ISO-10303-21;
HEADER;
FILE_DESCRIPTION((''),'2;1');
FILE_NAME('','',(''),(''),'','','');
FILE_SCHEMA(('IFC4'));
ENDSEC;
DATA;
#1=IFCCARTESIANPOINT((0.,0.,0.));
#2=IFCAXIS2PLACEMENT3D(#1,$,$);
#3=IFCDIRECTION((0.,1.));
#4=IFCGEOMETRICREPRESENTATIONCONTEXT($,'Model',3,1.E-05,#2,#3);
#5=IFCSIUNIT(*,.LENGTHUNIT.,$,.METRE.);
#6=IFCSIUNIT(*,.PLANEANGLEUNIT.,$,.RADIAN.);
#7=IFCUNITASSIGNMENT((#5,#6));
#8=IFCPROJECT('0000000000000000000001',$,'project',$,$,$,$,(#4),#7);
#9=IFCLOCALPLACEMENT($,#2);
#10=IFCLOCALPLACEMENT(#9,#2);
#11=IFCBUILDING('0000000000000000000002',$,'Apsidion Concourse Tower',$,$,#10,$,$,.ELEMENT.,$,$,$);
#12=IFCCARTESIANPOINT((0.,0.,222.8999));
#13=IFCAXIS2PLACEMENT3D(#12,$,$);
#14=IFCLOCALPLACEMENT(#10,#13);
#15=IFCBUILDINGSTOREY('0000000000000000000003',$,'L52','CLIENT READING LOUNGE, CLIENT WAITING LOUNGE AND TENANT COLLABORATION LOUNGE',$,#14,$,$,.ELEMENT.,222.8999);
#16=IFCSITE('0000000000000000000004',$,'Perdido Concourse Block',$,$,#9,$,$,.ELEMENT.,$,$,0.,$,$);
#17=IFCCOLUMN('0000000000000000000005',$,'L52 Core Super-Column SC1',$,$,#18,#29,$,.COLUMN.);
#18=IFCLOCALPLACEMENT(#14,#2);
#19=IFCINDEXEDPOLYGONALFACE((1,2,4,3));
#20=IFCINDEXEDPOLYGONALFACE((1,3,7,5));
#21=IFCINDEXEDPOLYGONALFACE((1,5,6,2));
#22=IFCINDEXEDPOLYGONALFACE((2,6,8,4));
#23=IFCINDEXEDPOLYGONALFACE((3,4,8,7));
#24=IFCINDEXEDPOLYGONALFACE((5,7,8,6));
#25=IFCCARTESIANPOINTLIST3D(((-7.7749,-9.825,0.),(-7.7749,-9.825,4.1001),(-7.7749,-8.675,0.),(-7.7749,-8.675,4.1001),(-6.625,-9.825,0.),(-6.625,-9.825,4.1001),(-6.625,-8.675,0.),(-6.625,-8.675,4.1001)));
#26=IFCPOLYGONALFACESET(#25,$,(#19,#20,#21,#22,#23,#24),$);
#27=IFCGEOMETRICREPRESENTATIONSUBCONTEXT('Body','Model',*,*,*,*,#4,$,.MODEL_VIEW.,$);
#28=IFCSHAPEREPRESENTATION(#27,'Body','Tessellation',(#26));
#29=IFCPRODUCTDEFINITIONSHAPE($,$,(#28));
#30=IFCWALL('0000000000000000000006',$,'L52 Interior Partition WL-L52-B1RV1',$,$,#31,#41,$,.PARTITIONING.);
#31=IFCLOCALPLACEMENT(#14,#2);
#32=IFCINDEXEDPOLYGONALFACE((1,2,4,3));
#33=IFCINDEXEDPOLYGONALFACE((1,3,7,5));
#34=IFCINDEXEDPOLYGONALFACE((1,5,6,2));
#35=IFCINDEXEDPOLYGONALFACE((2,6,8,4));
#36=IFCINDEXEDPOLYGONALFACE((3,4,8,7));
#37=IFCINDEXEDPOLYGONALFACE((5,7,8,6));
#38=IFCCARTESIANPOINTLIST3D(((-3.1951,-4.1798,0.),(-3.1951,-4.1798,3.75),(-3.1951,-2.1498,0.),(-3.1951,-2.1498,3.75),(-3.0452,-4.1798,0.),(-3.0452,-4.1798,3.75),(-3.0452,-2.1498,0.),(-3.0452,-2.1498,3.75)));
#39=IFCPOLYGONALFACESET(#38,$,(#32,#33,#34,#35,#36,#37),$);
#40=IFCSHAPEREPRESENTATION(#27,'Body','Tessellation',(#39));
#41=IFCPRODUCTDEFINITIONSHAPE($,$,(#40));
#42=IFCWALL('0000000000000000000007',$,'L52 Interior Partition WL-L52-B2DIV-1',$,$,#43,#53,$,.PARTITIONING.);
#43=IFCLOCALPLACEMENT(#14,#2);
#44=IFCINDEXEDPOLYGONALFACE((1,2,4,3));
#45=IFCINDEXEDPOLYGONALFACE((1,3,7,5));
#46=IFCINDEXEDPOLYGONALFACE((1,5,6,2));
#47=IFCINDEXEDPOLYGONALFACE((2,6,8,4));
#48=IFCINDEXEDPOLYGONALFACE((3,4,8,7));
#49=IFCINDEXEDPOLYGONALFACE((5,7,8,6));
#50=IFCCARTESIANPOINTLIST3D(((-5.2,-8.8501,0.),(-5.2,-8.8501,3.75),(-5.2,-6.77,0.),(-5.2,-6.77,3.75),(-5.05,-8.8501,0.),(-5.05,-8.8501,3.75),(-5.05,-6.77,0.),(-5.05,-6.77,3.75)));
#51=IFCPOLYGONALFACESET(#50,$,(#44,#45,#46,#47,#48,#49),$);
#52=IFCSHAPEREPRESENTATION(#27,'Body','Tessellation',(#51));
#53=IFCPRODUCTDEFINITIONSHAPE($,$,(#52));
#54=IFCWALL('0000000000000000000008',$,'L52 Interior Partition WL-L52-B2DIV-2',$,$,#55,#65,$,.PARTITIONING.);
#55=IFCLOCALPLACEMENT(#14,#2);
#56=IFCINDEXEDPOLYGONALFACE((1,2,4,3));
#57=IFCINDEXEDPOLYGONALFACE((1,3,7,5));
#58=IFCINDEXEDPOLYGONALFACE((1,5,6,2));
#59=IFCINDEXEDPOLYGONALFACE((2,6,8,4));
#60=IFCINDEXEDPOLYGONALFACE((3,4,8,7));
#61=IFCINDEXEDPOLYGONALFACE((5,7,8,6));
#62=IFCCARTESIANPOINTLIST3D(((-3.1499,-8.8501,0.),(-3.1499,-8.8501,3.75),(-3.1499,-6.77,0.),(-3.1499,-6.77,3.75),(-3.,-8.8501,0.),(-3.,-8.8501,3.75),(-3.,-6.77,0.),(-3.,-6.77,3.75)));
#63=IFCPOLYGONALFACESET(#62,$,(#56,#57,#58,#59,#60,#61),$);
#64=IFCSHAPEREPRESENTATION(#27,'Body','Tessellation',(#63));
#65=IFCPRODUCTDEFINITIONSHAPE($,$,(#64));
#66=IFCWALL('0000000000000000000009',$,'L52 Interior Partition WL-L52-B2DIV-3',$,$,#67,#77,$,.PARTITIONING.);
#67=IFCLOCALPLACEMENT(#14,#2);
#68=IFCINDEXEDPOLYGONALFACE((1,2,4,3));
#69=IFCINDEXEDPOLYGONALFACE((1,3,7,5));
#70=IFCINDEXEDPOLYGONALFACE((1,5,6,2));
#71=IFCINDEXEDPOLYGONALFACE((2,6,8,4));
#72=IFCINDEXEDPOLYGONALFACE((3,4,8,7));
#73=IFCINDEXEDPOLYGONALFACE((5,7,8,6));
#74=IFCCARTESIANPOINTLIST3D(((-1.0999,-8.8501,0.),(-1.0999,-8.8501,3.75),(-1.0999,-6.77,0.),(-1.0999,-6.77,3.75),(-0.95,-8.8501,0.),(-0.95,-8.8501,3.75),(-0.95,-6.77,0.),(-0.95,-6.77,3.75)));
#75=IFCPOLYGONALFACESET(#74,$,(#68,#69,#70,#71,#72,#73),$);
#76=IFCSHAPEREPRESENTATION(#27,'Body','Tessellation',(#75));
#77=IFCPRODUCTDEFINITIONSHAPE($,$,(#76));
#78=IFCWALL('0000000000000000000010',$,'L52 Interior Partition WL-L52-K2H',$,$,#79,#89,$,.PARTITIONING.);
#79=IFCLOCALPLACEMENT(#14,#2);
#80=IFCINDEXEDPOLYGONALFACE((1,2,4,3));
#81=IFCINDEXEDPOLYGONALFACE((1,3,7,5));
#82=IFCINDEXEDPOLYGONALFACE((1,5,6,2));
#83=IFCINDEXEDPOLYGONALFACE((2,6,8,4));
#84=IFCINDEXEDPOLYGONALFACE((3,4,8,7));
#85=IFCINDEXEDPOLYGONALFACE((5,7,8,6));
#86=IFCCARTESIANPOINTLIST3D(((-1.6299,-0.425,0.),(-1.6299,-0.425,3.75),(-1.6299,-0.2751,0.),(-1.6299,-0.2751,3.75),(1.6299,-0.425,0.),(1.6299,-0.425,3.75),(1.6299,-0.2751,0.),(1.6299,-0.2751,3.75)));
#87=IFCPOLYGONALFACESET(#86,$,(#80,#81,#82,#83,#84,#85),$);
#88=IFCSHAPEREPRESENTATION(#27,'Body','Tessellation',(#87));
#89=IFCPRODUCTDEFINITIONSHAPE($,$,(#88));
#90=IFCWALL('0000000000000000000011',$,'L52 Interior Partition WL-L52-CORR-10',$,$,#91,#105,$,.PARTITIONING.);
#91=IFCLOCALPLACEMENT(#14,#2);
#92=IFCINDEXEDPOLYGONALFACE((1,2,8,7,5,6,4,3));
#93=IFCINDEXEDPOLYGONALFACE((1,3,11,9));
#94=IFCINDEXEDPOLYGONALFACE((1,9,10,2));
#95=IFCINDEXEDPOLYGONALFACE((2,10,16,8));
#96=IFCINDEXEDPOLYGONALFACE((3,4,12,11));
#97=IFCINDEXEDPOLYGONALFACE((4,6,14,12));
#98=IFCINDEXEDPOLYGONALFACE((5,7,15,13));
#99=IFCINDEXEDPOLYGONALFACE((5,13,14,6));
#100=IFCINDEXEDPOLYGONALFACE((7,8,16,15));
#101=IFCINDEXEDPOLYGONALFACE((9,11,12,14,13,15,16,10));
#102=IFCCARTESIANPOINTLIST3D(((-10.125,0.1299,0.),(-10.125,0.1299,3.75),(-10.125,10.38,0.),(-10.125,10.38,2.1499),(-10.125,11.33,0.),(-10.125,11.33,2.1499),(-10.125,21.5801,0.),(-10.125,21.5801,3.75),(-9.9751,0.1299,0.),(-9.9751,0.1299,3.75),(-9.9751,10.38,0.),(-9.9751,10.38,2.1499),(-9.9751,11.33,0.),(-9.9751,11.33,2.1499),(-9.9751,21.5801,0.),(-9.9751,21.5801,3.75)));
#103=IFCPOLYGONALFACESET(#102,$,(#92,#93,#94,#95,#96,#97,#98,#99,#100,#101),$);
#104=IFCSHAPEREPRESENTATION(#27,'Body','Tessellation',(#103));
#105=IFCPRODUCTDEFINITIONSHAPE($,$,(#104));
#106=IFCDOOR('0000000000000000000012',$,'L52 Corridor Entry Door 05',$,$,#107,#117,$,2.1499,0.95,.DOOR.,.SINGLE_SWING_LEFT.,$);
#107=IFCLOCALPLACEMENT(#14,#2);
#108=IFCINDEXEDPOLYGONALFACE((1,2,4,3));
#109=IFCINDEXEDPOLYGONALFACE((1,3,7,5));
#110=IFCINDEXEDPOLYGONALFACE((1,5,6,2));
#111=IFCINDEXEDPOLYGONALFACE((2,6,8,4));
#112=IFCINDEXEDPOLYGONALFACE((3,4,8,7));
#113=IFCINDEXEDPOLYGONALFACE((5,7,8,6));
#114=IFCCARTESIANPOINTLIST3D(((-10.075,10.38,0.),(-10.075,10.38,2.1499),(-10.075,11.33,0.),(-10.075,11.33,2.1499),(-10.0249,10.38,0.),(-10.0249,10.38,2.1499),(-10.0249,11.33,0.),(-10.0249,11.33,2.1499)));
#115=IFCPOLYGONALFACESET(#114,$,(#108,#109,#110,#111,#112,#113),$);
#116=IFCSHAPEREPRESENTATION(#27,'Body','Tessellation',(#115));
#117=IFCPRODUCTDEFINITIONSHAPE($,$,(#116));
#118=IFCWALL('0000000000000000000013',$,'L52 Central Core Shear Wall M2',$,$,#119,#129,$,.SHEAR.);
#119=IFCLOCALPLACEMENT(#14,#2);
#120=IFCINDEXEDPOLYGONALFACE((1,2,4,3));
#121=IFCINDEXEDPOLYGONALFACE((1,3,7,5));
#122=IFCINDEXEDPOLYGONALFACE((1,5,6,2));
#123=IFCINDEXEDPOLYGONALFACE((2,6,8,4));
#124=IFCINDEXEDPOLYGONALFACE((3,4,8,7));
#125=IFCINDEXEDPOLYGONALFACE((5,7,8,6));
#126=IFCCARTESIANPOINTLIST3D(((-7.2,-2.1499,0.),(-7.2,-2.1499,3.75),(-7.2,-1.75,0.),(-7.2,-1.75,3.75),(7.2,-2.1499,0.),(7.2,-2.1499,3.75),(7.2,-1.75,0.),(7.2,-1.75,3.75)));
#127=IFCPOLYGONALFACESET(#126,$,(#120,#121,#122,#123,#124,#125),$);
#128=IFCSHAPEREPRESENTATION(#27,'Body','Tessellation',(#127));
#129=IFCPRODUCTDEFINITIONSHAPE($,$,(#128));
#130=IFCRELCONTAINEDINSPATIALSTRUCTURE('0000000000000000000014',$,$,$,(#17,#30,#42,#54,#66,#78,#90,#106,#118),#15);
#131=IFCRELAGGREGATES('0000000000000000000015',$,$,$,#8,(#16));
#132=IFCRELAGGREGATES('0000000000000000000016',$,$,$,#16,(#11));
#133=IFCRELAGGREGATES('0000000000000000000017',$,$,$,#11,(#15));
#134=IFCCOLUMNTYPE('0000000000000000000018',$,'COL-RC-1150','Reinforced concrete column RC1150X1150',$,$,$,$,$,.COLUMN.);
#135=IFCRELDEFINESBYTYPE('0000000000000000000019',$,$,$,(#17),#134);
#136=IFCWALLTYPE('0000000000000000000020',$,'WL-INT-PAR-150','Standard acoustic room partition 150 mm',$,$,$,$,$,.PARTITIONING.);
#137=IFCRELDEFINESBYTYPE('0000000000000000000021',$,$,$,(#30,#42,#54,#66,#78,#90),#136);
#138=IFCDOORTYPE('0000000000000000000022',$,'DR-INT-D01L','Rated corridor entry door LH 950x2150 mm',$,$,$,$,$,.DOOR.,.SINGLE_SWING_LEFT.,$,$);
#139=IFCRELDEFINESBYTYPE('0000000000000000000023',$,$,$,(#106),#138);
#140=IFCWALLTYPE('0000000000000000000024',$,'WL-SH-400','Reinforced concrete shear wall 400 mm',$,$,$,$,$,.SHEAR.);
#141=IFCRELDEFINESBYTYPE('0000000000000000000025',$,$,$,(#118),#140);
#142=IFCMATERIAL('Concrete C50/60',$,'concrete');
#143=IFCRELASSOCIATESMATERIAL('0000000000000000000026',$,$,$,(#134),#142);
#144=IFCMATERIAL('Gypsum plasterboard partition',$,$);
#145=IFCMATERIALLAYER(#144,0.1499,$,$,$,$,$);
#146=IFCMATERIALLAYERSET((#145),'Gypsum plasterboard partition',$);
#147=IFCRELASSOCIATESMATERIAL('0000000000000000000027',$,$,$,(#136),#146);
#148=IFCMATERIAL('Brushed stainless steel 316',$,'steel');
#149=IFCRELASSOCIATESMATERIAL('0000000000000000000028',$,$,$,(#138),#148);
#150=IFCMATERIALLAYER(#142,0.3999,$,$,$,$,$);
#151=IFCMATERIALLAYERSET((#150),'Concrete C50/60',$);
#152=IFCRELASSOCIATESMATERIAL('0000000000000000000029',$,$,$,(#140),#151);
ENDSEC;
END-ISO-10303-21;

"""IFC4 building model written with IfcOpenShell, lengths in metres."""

from ifc_helpers import new_model, si_unit, direction, frame, frame_2d, origin, origin_2d, place, context, subcontext, project, spatial, rectangle, extrude, material, layer, layer_set, material_profile, profile_set, type_object, element, fill, save


model = new_model("IFC4")

# Units and contexts
model_context = context("Model", 3, precision=1e-05, world=origin(), true_north=direction((0.0, 1.0)))
body_context = subcontext(model_context, "Body", "Model", "MODEL_VIEW")
ifc_project = project(units=[si_unit("LENGTHUNIT", "METRE"), si_unit("PLANEANGLEUNIT", "RADIAN")], contexts=[model_context])

# Site, building, storey
site_placement = place(None, origin())
site = spatial("IfcSite", under=ifc_project, at=site_placement, Name="Perdido Concourse Block", CompositionType="ELEMENT", RefElevation=0.0)
building_placement = place(site_placement, origin())
building = spatial("IfcBuilding", under=site, at=building_placement, Name="Apsidion Concourse Tower", CompositionType="ELEMENT")
storey_placement = place(building_placement, frame((0.0, 0.0, 222.8999)))
storey = spatial("IfcBuildingStorey", under=building, at=storey_placement, Name="L52", Description="CLIENT READING LOUNGE, CLIENT WAITING LOUNGE AND TENANT COLLABORATION LOUNGE", CompositionType="ELEMENT", Elevation=222.8999)

# Column
ifc_material_1 = material(Name="Concrete C50/60", Category="concrete")
ifc_material_profile = material_profile(ifc_material_1, rectangle(XDim=1.1499, YDim=1.1499, at=origin_2d()), Name="RC 1150x1150")
ifc_profile_set = profile_set([ifc_material_profile], Name="Concrete C50/60")
column_type = type_object("IfcColumnType", Name="COL-RC-1150", Description="Reinforced concrete column RC1150X1150", PredefinedType="COLUMN", material=ifc_profile_set)
column_placement = place(storey_placement, frame((-7.2, -9.25, 0.0), z_axis=(0.0, 0.0, 1.0), x_axis=(1.0, 0.0, 0.0)))
element("IfcColumn", 1, at=column_placement, inside=storey, type_object=column_type, Name="L52 Core Super-Column SC1", PredefinedType="COLUMN", context=body_context, shape_type="SweptSolid", body=[
    extrude(rectangle(XDim=1.1499, YDim=1.1499, at=origin_2d()), origin(), (0.0, 0.0, 1.0), 4.1001),
])

# Walls
ifc_material_2 = material(Name="Gypsum plasterboard partition")
ifc_layer_1 = layer(ifc_material_2, 0.1499)
ifc_layer_set_1 = layer_set([ifc_layer_1], Name="Gypsum plasterboard partition")
wall_type_1 = type_object("IfcWallType", Name="WL-INT-PAR-150", Description="Standard acoustic room partition 150 mm", PredefinedType="PARTITIONING", material=ifc_layer_set_1)
wall_1_placement = place(storey_placement, frame((-3.1201, -4.1799, 0.0), z_axis=(0.0, 0.0, 1.0), x_axis=(0.0, 1.0, 0.0)))
element("IfcWall", 2, at=wall_1_placement, inside=storey, type_object=wall_type_1, Name="L52 Interior Partition WL-L52-B1RV1", PredefinedType="PARTITIONING", context=body_context, shape_type="SweptSolid", body=[
    extrude(rectangle(XDim=2.03, YDim=0.1499, at=frame_2d((1.0151, 0.0))), origin(), (0.0, 0.0, 1.0), 3.75),
])
for number, where, z_axis, x_axis, name in (
    (3, (-5.125, -8.8501, 0.0), (0.0, 0.0, 1.0), (0.0, 1.0, 0.0), "L52 Interior Partition WL-L52-B2DIV-1"),
    (4, (-3.075, -8.8501, 0.0), (0.0, 0.0, 1.0), (0.0, 1.0, 0.0), "L52 Interior Partition WL-L52-B2DIV-2"),
    (5, (-1.0249, -8.8501, 0.0), (0.0, 0.0, 1.0), (0.0, 1.0, 0.0), "L52 Interior Partition WL-L52-B2DIV-3"),
):
    element("IfcWall", number, at=place(storey_placement, frame(where, z_axis=z_axis, x_axis=x_axis)), inside=storey, type_object=wall_type_1, Name=name, PredefinedType="PARTITIONING", context=body_context, shape_type="SweptSolid", body=[
        extrude(rectangle(XDim=2.0801, YDim=0.1499, at=frame_2d((1.04, 0.0))), origin(), (0.0, 0.0, 1.0), 3.75),
    ])
wall_2_placement = place(storey_placement, frame((-1.6299, -0.3501, 0.0), z_axis=(0.0, 0.0, 1.0), x_axis=(1.0, 0.0, 0.0)))
element("IfcWall", 6, at=wall_2_placement, inside=storey, type_object=wall_type_1, Name="L52 Interior Partition WL-L52-K2H", PredefinedType="PARTITIONING", context=body_context, shape_type="SweptSolid", body=[
    extrude(rectangle(XDim=3.2598, YDim=0.1499, at=frame_2d((1.6299, 0.0))), origin(), (0.0, 0.0, 1.0), 3.75),
])

# Wall, opening, door
wall_3_placement = place(storey_placement, frame((-10.05, 0.1299, 0.0), z_axis=(0.0, 0.0, 1.0), x_axis=(0.0, 1.0, 0.0)))
wall_3 = element("IfcWall", 7, at=wall_3_placement, inside=storey, type_object=wall_type_1, Name="L52 Interior Partition WL-L52-CORR-10", PredefinedType="PARTITIONING", context=body_context, shape_type="SweptSolid", body=[
    extrude(rectangle(XDim=21.4502, YDim=0.1499, at=frame_2d((10.7251, 0.0))), origin(), (0.0, 0.0, 1.0), 3.75),
])
opening_1_placement = place(wall_3_placement, frame((10.25, 0.0, 0.0)))
opening_1 = element("IfcOpeningElement", 8, at=opening_1_placement, cuts=wall_3, PredefinedType="OPENING", context=body_context, shape_type="SweptSolid", body=[
    extrude(rectangle(XDim=0.95, YDim=2.1499, at=frame_2d((0.4751, 1.075))), frame((0.0, 0.085, 0.0), z_axis=(0.0, -1.0, 0.0), x_axis=(1.0, 0.0, 0.0)), (0.0, 0.0, 1.0), 0.1699),
])
ifc_material_3 = material(Name="Brushed stainless steel 316", Category="steel")
door_type_1 = type_object("IfcDoorType", Name="DR-INT-D01L", Description="Rated corridor entry door LH 950x2150 mm", OperationType="SINGLE_SWING_LEFT", PredefinedType="DOOR", material=ifc_material_3)
door_1_placement = place(opening_1_placement, origin())
door_1 = element("IfcDoor", 9, at=door_1_placement, inside=storey, type_object=door_type_1, Name="L52 Corridor Entry Door 05", OperationType="SINGLE_SWING_LEFT", OverallHeight=2.1499, OverallWidth=0.95, PredefinedType="DOOR", context=body_context, shape_type="SweptSolid", body=[
    extrude(rectangle(XDim=0.95, YDim=2.1499, at=frame_2d((0.4751, 1.075))), frame((0.0, 0.0249, 0.0), z_axis=(0.0, -1.0, 0.0), x_axis=(1.0, 0.0, 0.0)), (0.0, 0.0, 1.0), 0.05),
])
fill(opening_1, door_1)

# Wall
ifc_layer_2 = layer(ifc_material_1, 0.3999)
ifc_layer_set_2 = layer_set([ifc_layer_2], Name="Concrete C50/60")
wall_type_2 = type_object("IfcWallType", Name="WL-SH-400", Description="Reinforced concrete shear wall 400 mm", PredefinedType="SHEAR", material=ifc_layer_set_2)
wall_4_placement = place(storey_placement, frame((-7.2, -1.95, 0.0), z_axis=(0.0, 0.0, 1.0), x_axis=(1.0, 0.0, 0.0)))
element("IfcWall", 10, at=wall_4_placement, inside=storey, type_object=wall_type_2, Name="L52 Central Core Shear Wall M2", PredefinedType="SHEAR", context=body_context, shape_type="SweptSolid", body=[
    extrude(rectangle(XDim=14.3999, YDim=0.3999, at=frame_2d((7.2, 0.0))), origin(), (0.0, 0.0, 1.0), 3.75),
])

save(model, "model.ifc")
